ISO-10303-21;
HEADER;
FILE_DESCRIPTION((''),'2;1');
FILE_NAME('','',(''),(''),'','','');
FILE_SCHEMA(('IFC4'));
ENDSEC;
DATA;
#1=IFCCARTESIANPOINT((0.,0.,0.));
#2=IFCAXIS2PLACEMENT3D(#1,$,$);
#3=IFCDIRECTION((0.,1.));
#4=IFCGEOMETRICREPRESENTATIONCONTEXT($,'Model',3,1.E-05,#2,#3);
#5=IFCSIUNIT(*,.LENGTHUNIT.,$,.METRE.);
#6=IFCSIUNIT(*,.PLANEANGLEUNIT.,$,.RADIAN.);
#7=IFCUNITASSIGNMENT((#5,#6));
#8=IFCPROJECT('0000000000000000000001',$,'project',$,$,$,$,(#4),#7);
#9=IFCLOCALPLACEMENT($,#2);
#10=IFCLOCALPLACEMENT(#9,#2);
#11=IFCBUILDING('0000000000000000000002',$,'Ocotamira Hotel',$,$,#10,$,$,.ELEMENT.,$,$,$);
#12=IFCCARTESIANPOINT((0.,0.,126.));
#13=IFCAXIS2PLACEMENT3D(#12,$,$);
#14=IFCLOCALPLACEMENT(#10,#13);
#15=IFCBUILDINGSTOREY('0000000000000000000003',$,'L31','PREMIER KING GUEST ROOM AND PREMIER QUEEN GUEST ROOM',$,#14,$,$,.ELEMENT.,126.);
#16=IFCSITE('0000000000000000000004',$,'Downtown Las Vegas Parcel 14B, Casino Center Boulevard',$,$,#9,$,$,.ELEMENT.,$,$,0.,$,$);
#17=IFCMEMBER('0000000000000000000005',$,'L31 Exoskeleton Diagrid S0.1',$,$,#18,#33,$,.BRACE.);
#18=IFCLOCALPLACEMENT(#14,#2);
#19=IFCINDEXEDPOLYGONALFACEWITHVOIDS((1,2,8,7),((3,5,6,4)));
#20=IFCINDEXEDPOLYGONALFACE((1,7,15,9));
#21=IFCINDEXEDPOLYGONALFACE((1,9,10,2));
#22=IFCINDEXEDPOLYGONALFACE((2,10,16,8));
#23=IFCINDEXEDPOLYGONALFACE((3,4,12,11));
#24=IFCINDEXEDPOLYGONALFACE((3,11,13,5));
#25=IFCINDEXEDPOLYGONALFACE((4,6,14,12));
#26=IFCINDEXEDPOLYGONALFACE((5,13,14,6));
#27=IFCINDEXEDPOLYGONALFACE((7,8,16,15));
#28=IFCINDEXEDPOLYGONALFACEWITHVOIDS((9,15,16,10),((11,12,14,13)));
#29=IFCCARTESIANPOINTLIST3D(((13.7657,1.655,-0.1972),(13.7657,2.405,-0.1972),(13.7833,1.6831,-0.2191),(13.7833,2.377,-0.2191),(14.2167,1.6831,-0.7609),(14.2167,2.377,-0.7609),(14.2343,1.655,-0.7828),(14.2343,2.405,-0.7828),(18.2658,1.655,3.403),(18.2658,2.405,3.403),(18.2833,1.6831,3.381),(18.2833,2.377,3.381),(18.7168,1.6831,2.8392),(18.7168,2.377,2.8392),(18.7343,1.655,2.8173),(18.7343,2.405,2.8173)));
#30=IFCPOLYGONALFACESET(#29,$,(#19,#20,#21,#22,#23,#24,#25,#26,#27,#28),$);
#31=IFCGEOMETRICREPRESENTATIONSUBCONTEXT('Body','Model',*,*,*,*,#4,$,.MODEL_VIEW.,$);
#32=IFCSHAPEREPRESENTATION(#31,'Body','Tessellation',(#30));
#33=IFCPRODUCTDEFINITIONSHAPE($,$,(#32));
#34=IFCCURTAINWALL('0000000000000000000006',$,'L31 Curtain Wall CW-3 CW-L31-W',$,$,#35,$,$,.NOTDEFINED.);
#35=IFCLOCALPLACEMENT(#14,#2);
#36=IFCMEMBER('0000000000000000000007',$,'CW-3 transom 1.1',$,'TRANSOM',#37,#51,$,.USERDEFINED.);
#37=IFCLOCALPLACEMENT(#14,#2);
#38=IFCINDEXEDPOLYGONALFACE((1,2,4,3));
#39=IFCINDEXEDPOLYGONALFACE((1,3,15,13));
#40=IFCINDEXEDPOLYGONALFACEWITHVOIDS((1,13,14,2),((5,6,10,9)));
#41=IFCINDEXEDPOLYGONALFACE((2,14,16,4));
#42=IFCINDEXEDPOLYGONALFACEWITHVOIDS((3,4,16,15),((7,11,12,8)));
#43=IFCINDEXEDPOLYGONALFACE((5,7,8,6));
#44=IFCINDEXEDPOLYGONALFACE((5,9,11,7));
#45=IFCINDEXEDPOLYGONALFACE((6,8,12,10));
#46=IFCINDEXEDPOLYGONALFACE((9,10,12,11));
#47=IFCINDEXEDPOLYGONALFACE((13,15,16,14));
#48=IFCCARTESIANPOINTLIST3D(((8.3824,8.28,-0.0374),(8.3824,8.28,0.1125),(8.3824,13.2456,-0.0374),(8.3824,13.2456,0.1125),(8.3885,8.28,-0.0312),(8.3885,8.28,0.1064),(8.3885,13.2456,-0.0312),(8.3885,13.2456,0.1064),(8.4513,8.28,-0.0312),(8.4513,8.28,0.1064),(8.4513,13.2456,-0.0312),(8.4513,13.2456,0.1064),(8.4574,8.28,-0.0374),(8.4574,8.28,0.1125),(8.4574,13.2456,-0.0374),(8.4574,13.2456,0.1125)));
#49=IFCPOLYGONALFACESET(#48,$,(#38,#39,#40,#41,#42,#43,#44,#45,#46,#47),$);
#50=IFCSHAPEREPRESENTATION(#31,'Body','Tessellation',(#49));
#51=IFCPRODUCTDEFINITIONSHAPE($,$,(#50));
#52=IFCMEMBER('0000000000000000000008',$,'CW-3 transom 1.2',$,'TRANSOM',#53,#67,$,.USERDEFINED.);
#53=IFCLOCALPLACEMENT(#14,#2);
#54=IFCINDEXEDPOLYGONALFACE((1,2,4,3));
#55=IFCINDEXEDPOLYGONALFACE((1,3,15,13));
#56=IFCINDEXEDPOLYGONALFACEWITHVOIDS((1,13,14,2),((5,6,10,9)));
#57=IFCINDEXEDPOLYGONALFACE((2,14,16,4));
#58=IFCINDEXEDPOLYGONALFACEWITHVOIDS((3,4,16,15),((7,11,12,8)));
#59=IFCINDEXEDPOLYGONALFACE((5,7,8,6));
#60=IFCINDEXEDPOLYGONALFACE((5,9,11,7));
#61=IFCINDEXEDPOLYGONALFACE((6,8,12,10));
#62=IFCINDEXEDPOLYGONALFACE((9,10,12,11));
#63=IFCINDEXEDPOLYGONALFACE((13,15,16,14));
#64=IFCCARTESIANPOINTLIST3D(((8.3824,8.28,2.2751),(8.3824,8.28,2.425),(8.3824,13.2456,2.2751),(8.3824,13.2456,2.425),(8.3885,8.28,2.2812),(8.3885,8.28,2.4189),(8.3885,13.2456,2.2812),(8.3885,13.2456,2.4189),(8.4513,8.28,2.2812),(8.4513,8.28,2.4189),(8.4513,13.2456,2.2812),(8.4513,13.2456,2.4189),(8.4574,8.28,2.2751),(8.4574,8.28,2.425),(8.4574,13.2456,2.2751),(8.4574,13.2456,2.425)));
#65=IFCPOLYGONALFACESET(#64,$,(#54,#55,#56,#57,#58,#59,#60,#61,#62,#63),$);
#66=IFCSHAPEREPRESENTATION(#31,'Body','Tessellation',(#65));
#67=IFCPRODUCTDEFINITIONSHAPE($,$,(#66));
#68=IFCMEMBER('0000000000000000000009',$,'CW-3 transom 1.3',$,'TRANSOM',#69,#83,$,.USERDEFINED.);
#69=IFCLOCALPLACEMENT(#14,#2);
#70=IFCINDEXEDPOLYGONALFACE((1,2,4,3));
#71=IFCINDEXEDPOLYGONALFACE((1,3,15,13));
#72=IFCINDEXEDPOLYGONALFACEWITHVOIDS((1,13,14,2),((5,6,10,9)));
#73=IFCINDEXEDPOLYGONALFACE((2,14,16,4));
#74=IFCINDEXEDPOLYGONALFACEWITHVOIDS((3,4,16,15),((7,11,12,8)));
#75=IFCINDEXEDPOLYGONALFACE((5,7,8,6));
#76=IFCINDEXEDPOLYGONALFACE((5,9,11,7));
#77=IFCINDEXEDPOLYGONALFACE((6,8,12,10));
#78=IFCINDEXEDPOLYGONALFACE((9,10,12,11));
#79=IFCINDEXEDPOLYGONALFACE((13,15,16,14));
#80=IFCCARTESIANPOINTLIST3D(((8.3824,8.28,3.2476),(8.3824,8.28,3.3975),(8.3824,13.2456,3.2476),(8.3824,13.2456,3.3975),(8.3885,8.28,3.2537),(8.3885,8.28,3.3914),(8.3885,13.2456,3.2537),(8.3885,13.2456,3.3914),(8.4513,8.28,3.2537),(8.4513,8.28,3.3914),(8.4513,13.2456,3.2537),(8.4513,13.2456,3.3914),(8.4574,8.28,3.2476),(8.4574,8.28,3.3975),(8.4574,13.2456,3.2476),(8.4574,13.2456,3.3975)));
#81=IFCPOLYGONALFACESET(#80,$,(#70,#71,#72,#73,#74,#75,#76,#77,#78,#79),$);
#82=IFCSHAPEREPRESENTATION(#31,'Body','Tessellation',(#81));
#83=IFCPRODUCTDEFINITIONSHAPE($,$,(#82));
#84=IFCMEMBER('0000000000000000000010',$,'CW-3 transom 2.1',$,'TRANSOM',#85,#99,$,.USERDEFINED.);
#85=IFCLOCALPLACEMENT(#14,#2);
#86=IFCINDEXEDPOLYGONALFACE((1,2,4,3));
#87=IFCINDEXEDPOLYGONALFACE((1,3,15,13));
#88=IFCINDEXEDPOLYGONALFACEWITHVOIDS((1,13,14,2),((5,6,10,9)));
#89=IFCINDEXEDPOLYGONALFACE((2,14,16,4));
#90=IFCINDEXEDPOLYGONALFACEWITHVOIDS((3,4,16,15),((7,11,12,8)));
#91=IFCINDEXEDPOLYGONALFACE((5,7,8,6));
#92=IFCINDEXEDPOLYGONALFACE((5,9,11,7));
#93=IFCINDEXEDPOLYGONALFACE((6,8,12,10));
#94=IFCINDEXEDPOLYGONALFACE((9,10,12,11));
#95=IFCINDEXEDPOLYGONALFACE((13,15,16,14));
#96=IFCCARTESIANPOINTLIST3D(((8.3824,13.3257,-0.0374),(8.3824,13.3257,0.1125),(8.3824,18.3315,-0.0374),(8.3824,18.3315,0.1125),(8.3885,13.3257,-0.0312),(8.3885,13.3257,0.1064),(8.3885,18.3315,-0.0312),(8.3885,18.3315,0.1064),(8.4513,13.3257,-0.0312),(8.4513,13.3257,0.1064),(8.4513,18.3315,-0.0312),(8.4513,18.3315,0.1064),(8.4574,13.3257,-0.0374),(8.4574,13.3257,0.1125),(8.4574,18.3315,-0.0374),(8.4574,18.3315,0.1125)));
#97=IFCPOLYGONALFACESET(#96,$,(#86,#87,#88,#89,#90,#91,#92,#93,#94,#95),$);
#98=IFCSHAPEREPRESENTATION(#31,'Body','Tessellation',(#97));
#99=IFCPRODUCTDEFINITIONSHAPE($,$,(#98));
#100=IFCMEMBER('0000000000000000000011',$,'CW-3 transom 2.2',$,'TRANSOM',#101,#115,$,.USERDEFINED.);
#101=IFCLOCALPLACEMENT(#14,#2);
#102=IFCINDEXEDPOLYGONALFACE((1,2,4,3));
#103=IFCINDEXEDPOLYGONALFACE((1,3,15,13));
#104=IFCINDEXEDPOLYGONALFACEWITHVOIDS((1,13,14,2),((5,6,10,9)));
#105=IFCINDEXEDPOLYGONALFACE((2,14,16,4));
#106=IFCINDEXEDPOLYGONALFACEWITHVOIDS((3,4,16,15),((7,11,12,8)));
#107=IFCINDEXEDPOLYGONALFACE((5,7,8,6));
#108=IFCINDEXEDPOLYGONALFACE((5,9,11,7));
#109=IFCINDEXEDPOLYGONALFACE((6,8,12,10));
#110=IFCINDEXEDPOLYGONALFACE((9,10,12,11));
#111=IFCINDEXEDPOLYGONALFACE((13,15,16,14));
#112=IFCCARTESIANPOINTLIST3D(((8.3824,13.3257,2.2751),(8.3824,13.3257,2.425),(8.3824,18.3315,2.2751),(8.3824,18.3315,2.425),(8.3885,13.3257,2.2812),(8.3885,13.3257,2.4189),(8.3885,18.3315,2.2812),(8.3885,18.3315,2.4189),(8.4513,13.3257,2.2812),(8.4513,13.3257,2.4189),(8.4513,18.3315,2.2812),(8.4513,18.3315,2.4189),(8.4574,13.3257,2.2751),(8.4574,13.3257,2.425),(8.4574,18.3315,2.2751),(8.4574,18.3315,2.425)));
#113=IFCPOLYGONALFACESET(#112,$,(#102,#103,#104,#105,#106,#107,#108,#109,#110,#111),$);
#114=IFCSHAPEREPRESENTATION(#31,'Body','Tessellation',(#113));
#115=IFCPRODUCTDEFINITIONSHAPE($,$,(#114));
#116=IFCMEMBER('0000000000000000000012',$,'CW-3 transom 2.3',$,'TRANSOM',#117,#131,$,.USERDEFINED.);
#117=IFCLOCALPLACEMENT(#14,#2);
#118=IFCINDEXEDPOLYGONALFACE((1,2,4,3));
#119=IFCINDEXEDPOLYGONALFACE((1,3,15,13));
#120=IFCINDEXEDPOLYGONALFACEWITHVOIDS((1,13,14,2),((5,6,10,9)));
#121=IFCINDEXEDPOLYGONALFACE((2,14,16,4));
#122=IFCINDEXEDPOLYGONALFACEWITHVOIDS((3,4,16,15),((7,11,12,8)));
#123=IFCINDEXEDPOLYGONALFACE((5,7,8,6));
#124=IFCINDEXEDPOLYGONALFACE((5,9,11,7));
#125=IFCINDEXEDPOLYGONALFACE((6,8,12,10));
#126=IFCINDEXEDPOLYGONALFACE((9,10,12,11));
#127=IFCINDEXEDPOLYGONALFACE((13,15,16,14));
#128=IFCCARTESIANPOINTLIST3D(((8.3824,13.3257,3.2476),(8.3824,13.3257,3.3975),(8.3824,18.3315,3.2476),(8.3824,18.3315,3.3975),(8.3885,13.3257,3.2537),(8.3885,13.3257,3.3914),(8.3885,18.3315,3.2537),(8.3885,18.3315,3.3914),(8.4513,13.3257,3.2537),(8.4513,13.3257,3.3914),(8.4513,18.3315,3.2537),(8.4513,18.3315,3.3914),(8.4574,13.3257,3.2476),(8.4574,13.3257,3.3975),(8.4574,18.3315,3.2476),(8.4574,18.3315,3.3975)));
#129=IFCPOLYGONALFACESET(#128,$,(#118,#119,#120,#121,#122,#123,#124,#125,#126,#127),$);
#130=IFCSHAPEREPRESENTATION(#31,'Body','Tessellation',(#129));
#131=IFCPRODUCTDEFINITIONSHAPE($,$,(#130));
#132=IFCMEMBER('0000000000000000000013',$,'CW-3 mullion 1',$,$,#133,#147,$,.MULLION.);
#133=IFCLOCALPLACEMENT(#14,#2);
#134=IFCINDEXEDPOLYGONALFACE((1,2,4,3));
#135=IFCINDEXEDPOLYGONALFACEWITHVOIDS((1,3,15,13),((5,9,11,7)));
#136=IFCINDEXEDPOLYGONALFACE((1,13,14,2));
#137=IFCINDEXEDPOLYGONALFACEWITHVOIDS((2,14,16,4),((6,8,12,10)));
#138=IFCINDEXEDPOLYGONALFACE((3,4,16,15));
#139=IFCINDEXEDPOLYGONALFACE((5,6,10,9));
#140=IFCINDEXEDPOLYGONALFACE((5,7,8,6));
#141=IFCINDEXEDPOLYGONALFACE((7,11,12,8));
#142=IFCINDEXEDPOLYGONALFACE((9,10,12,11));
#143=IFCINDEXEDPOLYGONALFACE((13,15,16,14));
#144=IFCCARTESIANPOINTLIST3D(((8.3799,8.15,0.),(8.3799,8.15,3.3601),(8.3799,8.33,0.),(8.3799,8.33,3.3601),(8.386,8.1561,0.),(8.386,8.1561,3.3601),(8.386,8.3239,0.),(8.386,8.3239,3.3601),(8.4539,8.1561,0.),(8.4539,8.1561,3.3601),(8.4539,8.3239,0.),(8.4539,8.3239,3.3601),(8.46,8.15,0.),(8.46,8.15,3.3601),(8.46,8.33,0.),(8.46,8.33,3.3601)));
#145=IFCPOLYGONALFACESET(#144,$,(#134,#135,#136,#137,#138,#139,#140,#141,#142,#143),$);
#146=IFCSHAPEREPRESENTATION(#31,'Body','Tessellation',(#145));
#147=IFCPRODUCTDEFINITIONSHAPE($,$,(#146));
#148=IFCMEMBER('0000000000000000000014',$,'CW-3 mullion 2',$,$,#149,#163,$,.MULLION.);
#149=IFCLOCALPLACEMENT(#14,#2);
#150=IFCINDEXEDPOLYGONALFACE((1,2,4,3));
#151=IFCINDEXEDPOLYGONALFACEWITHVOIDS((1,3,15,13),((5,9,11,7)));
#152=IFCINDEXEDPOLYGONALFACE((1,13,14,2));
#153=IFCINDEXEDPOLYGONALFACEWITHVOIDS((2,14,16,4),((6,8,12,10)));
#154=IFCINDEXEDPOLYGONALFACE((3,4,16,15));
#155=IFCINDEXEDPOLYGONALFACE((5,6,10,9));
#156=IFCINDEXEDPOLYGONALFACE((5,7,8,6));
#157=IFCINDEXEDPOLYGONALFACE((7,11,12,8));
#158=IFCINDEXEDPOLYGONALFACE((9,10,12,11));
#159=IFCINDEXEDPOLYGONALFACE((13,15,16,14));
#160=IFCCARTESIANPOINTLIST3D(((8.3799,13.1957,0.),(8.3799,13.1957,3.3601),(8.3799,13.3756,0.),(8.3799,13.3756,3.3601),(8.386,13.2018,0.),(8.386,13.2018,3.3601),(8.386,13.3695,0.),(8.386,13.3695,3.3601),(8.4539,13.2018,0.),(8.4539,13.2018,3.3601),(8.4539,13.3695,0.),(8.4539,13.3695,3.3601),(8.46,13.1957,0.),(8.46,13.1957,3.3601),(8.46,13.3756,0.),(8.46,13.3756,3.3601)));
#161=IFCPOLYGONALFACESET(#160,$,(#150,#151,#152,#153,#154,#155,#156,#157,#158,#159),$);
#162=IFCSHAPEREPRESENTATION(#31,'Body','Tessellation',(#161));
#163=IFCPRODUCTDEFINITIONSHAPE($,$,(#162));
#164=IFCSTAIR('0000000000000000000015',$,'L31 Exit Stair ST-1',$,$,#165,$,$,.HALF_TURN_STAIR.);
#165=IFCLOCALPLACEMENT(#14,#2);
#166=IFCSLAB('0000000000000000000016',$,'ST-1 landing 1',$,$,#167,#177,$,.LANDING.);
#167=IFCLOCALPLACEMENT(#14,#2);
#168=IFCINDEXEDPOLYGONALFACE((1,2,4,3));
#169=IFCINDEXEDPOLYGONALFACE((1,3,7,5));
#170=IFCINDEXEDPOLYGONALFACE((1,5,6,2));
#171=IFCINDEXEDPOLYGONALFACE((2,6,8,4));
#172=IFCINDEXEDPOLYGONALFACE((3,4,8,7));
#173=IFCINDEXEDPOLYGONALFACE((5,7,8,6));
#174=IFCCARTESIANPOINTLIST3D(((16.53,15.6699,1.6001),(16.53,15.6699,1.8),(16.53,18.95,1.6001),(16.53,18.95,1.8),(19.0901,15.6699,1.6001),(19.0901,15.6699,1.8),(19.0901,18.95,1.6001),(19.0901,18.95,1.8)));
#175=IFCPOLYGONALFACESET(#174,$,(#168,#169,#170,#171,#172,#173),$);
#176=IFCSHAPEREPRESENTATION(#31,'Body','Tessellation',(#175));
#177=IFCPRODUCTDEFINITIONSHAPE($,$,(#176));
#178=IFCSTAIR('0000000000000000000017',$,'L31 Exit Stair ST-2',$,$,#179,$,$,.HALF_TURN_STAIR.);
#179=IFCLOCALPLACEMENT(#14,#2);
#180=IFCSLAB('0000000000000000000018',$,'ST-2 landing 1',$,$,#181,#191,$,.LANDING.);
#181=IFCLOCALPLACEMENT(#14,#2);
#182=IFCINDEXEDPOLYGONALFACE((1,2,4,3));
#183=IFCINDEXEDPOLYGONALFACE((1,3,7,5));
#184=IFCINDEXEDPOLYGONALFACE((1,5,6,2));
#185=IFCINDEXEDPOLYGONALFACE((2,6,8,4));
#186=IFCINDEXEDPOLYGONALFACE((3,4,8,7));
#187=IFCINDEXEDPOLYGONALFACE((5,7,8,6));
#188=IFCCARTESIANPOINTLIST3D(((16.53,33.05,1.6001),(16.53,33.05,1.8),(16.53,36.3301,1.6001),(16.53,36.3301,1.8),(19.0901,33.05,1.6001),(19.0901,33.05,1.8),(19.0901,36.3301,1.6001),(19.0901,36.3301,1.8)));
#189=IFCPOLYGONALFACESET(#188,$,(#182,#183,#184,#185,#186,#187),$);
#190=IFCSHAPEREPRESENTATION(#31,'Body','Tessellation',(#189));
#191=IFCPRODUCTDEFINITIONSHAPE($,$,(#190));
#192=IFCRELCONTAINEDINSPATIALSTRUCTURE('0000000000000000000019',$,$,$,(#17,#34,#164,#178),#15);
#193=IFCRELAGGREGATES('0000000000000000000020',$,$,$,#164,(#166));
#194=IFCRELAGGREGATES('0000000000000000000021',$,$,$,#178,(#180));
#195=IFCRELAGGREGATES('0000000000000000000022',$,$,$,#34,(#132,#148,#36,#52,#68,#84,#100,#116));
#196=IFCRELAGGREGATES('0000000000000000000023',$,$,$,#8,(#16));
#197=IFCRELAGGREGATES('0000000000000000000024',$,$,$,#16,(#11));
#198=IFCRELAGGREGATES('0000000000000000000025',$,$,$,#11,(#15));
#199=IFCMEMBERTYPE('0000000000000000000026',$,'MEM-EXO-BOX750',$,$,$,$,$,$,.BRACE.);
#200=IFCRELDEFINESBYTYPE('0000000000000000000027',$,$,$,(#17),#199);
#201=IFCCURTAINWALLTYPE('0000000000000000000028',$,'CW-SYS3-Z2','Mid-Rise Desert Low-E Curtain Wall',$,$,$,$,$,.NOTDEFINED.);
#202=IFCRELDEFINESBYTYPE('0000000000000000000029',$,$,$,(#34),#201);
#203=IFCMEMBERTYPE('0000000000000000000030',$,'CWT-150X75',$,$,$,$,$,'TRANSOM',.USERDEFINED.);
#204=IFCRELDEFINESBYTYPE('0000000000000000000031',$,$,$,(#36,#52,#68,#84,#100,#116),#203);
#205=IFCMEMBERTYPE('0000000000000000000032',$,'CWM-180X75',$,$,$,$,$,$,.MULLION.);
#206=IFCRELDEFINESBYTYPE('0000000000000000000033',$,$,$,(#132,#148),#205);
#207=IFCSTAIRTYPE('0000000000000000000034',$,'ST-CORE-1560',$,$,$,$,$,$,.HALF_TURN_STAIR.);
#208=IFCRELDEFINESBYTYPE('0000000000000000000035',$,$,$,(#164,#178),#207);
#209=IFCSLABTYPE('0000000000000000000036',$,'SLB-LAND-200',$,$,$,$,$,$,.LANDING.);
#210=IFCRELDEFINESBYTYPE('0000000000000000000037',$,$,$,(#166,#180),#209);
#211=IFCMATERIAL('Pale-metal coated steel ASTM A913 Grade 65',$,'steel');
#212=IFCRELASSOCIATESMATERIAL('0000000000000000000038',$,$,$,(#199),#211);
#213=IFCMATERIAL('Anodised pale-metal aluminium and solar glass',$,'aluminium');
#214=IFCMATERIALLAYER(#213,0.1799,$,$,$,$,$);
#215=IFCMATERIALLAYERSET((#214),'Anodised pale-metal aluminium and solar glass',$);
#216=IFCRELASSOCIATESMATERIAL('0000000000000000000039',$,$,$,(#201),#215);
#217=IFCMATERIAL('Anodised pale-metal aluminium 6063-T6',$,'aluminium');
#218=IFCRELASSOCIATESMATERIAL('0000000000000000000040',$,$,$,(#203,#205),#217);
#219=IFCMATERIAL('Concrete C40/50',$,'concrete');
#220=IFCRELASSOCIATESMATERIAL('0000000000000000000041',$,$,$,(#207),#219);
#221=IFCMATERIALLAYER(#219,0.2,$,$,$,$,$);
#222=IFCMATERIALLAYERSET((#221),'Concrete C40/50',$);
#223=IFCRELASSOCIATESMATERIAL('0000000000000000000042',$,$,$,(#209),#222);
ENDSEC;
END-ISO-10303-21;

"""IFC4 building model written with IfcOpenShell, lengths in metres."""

from ifc_helpers import new_model, si_unit, direction, frame, origin, origin_2d, place, context, subcontext, project, spatial, polyline, hollow_rectangle, outline, extrude, source, transform, mapped, material, layer, layer_set, material_profile, profile_set, type_object, element, aggregate, save


model = new_model("IFC4")

# Units and contexts
model_context = context("Model", 3, precision=1e-05, world=origin(), true_north=direction((0.0, 1.0)))
body_context = subcontext(model_context, "Body", "Model", "MODEL_VIEW")
ifc_project = project(units=[si_unit("LENGTHUNIT", "METRE"), si_unit("PLANEANGLEUNIT", "RADIAN")], contexts=[model_context])

# Site, building, storey
site_placement = place(None, origin())
site = spatial("IfcSite", under=ifc_project, at=site_placement, Name="Downtown Las Vegas Parcel 14B, Casino Center Boulevard", CompositionType="ELEMENT", RefElevation=0.0)
building_placement = place(site_placement, origin())
building = spatial("IfcBuilding", under=site, at=building_placement, Name="Ocotamira Hotel", CompositionType="ELEMENT")
storey_placement = place(building_placement, frame((0.0, 0.0, 126.0)))
storey = spatial("IfcBuildingStorey", under=building, at=storey_placement, Name="L31", Description="PREMIER KING GUEST ROOM AND PREMIER QUEEN GUEST ROOM", CompositionType="ELEMENT", Elevation=126.0)

# Member
ifc_material_1 = material(Name="Pale-metal coated steel ASTM A913 Grade 65", Category="steel")
ifc_material_profile_1 = material_profile(ifc_material_1, hollow_rectangle(XDim=0.75, YDim=0.75, WallThickness=0.0281, at=origin_2d()), Name="BOX750X750X28")
ifc_profile_set_1 = profile_set([ifc_material_profile_1], Name="Pale-metal coated steel ASTM A913 Grade 65")
member_type_1 = type_object("IfcMemberType", Name="MEM-EXO-BOX750", PredefinedType="BRACE", material=ifc_profile_set_1)
shared_shape_1 = source(origin(), body_context, "Body", "SweptSolid", [
    extrude(hollow_rectangle(XDim=0.75, YDim=0.75, WallThickness=0.0281, at=origin_2d()), origin(), (0.0, 0.0, 1.0), 5.7629),
])
member_1_placement = place(storey_placement, frame((14.0, 2.03, -0.49), z_axis=(0.780861, 0.0, 0.624705), x_axis=(0.0, 1.0, 0.0)))
element("IfcMember", 1, at=member_1_placement, inside=storey, type_object=member_type_1, Name="L31 Exoskeleton Diagrid S0.1", PredefinedType="BRACE", context=body_context, shape_type="MappedRepresentation", body=[
    mapped(shared_shape_1, transform((0.0, 0.0, 0.0), scale=1.0)),
])

# Curtain wall, members
ifc_material_2 = material(Name="Anodised pale-metal aluminium and solar glass", Category="aluminium")
ifc_layer_1 = layer(ifc_material_2, 0.1799)
ifc_layer_set_1 = layer_set([ifc_layer_1], Name="Anodised pale-metal aluminium and solar glass")
curtain_wall_type = type_object("IfcCurtainWallType", Name="CW-SYS3-Z2", Description="Mid-Rise Desert Low-E Curtain Wall", PredefinedType="NOTDEFINED", material=ifc_layer_set_1)
curtain_wall_placement = place(storey_placement, origin())
curtain_wall = element("IfcCurtainWall", 2, at=curtain_wall_placement, inside=storey, type_object=curtain_wall_type, Name="L31 Curtain Wall CW-3 CW-L31-W", PredefinedType="NOTDEFINED")
ifc_material_3 = material(Name="Anodised pale-metal aluminium 6063-T6", Category="aluminium")
ifc_material_profile_2 = material_profile(ifc_material_3, hollow_rectangle(XDim=0.075, YDim=0.1499, WallThickness=0.0061, at=origin_2d()), Name="HSS150X75X6")
ifc_profile_set_2 = profile_set([ifc_material_profile_2], Name="Anodised pale-metal aluminium 6063-T6")
member_type_2 = type_object("IfcMemberType", Name="CWT-150X75", ElementType="TRANSOM", PredefinedType="USERDEFINED", material=ifc_profile_set_2)
shared_shape_2 = source(origin(), body_context, "Body", "SweptSolid", [
    extrude(hollow_rectangle(XDim=0.075, YDim=0.1499, WallThickness=0.0061, at=origin_2d()), origin(), (0.0, 0.0, 1.0), 4.9656),
])
member_2_placement = place(storey_placement, frame((8.4199, 8.28, 0.0376), z_axis=(0.0, 1.0, 0.0), x_axis=(-1.0, 0.0, 0.0)))
member_2 = element("IfcMember", 3, at=member_2_placement, type_object=member_type_2, Name="CW-3 transom 1.1", ObjectType="TRANSOM", PredefinedType="USERDEFINED", context=body_context, shape_type="MappedRepresentation", body=[
    mapped(shared_shape_2, transform((0.0, 0.0, 0.0), scale=1.0)),
])
member_3_placement = place(storey_placement, frame((8.4199, 8.28, 2.3501), z_axis=(0.0, 1.0, 0.0), x_axis=(-1.0, 0.0, 0.0)))
member_3 = element("IfcMember", 4, at=member_3_placement, type_object=member_type_2, Name="CW-3 transom 1.2", ObjectType="TRANSOM", PredefinedType="USERDEFINED", context=body_context, shape_type="MappedRepresentation", body=[
    mapped(shared_shape_2, transform((0.0, 0.0, 0.0), scale=1.0)),
])
member_4_placement = place(storey_placement, frame((8.4199, 8.28, 3.3225), z_axis=(0.0, 1.0, 0.0), x_axis=(-1.0, 0.0, 0.0)))
member_4 = element("IfcMember", 5, at=member_4_placement, type_object=member_type_2, Name="CW-3 transom 1.3", ObjectType="TRANSOM", PredefinedType="USERDEFINED", context=body_context, shape_type="MappedRepresentation", body=[
    mapped(shared_shape_2, transform((0.0, 0.0, 0.0), scale=1.0)),
])
shared_shape_3 = source(origin(), body_context, "Body", "SweptSolid", [
    extrude(hollow_rectangle(XDim=0.075, YDim=0.1499, WallThickness=0.0061, at=origin_2d()), origin(), (0.0, 0.0, 1.0), 5.0059),
])
member_5_placement = place(storey_placement, frame((8.4199, 13.3257, 0.0376), z_axis=(0.0, 1.0, 0.0), x_axis=(-1.0, 0.0, 0.0)))
member_5 = element("IfcMember", 6, at=member_5_placement, type_object=member_type_2, Name="CW-3 transom 2.1", ObjectType="TRANSOM", PredefinedType="USERDEFINED", context=body_context, shape_type="MappedRepresentation", body=[
    mapped(shared_shape_3, transform((0.0, 0.0, 0.0), scale=1.0)),
])
member_6_placement = place(storey_placement, frame((8.4199, 13.3257, 2.3501), z_axis=(0.0, 1.0, 0.0), x_axis=(-1.0, 0.0, 0.0)))
member_6 = element("IfcMember", 7, at=member_6_placement, type_object=member_type_2, Name="CW-3 transom 2.2", ObjectType="TRANSOM", PredefinedType="USERDEFINED", context=body_context, shape_type="MappedRepresentation", body=[
    mapped(shared_shape_3, transform((0.0, 0.0, 0.0), scale=1.0)),
])
member_7_placement = place(storey_placement, frame((8.4199, 13.3257, 3.3225), z_axis=(0.0, 1.0, 0.0), x_axis=(-1.0, 0.0, 0.0)))
member_7 = element("IfcMember", 8, at=member_7_placement, type_object=member_type_2, Name="CW-3 transom 2.3", ObjectType="TRANSOM", PredefinedType="USERDEFINED", context=body_context, shape_type="MappedRepresentation", body=[
    mapped(shared_shape_3, transform((0.0, 0.0, 0.0), scale=1.0)),
])
ifc_material_profile_3 = material_profile(ifc_material_3, hollow_rectangle(XDim=0.0801, YDim=0.1799, WallThickness=0.0061, at=origin_2d()), Name="HSS180X80X6")
ifc_profile_set_3 = profile_set([ifc_material_profile_3], Name="Anodised pale-metal aluminium 6063-T6")
member_type_3 = type_object("IfcMemberType", Name="CWM-180X75", PredefinedType="MULLION", material=ifc_profile_set_3)
shared_shape_4 = source(origin(), body_context, "Body", "SweptSolid", [
    extrude(hollow_rectangle(XDim=0.0801, YDim=0.1799, WallThickness=0.0061, at=origin_2d()), origin(), (0.0, 0.0, 1.0), 3.3601),
])
member_8_placement = place(storey_placement, frame((8.4199, 8.24, 0.0), z_axis=(0.0, 0.0, 1.0), x_axis=(-1.0, 0.0, 0.0)))
member_8 = element("IfcMember", 9, at=member_8_placement, type_object=member_type_3, Name="CW-3 mullion 1", PredefinedType="MULLION", context=body_context, shape_type="MappedRepresentation", body=[
    mapped(shared_shape_4, transform((0.0, 0.0, 0.0), scale=1.0)),
])
member_9_placement = place(storey_placement, frame((8.4199, 13.2856, 0.0), z_axis=(0.0, 0.0, 1.0), x_axis=(-1.0, 0.0, 0.0)))
member_9 = element("IfcMember", 10, at=member_9_placement, type_object=member_type_3, Name="CW-3 mullion 2", PredefinedType="MULLION", context=body_context, shape_type="MappedRepresentation", body=[
    mapped(shared_shape_4, transform((0.0, 0.0, 0.0), scale=1.0)),
])

# Stairs, slabs
ifc_material_4 = material(Name="Concrete C40/50", Category="concrete")
stair_type = type_object("IfcStairType", Name="ST-CORE-1560", PredefinedType="HALF_TURN_STAIR", material=ifc_material_4)
stair_1_placement = place(storey_placement, origin())
stair_1 = element("IfcStair", 11, at=stair_1_placement, inside=storey, type_object=stair_type, Name="L31 Exit Stair ST-1", PredefinedType="HALF_TURN_STAIR")
ifc_layer_2 = layer(ifc_material_4, 0.2)
ifc_layer_set_2 = layer_set([ifc_layer_2], Name="Concrete C40/50")
slab_type_1 = type_object("IfcSlabType", Name="SLB-LAND-200", PredefinedType="LANDING", material=ifc_layer_set_2)
slab_1_placement = place(storey_placement, frame((0.0, 0.0, 1.6001)))
slab_1 = element("IfcSlab", 12, at=slab_1_placement, type_object=slab_type_1, Name="ST-1 landing 1", PredefinedType="LANDING", context=body_context, shape_type="SweptSolid", body=[
    extrude(outline(polyline([(16.53, 15.6699), (19.0901, 15.6699), (19.0901, 18.95), (16.53, 18.95), (16.53, 15.6699)])), origin(), (0.0, 0.0, 1.0), 0.2),
])
aggregate(stair_1, [slab_1])
stair_2_placement = place(storey_placement, origin())
stair_2 = element("IfcStair", 13, at=stair_2_placement, inside=storey, type_object=stair_type, Name="L31 Exit Stair ST-2", PredefinedType="HALF_TURN_STAIR")
slab_2_placement = place(storey_placement, frame((0.0, 0.0, 1.6001)))
slab_2 = element("IfcSlab", 14, at=slab_2_placement, type_object=slab_type_1, Name="ST-2 landing 1", PredefinedType="LANDING", context=body_context, shape_type="SweptSolid", body=[
    extrude(outline(polyline([(16.53, 33.05), (19.0901, 33.05), (19.0901, 36.3301), (16.53, 36.3301), (16.53, 33.05)])), origin(), (0.0, 0.0, 1.0), 0.2),
])
aggregate(stair_2, [slab_2])

aggregate(curtain_wall, [member_8, member_9, member_2, member_3, member_4, member_5, member_6, member_7])

save(model, "model.ifc")
